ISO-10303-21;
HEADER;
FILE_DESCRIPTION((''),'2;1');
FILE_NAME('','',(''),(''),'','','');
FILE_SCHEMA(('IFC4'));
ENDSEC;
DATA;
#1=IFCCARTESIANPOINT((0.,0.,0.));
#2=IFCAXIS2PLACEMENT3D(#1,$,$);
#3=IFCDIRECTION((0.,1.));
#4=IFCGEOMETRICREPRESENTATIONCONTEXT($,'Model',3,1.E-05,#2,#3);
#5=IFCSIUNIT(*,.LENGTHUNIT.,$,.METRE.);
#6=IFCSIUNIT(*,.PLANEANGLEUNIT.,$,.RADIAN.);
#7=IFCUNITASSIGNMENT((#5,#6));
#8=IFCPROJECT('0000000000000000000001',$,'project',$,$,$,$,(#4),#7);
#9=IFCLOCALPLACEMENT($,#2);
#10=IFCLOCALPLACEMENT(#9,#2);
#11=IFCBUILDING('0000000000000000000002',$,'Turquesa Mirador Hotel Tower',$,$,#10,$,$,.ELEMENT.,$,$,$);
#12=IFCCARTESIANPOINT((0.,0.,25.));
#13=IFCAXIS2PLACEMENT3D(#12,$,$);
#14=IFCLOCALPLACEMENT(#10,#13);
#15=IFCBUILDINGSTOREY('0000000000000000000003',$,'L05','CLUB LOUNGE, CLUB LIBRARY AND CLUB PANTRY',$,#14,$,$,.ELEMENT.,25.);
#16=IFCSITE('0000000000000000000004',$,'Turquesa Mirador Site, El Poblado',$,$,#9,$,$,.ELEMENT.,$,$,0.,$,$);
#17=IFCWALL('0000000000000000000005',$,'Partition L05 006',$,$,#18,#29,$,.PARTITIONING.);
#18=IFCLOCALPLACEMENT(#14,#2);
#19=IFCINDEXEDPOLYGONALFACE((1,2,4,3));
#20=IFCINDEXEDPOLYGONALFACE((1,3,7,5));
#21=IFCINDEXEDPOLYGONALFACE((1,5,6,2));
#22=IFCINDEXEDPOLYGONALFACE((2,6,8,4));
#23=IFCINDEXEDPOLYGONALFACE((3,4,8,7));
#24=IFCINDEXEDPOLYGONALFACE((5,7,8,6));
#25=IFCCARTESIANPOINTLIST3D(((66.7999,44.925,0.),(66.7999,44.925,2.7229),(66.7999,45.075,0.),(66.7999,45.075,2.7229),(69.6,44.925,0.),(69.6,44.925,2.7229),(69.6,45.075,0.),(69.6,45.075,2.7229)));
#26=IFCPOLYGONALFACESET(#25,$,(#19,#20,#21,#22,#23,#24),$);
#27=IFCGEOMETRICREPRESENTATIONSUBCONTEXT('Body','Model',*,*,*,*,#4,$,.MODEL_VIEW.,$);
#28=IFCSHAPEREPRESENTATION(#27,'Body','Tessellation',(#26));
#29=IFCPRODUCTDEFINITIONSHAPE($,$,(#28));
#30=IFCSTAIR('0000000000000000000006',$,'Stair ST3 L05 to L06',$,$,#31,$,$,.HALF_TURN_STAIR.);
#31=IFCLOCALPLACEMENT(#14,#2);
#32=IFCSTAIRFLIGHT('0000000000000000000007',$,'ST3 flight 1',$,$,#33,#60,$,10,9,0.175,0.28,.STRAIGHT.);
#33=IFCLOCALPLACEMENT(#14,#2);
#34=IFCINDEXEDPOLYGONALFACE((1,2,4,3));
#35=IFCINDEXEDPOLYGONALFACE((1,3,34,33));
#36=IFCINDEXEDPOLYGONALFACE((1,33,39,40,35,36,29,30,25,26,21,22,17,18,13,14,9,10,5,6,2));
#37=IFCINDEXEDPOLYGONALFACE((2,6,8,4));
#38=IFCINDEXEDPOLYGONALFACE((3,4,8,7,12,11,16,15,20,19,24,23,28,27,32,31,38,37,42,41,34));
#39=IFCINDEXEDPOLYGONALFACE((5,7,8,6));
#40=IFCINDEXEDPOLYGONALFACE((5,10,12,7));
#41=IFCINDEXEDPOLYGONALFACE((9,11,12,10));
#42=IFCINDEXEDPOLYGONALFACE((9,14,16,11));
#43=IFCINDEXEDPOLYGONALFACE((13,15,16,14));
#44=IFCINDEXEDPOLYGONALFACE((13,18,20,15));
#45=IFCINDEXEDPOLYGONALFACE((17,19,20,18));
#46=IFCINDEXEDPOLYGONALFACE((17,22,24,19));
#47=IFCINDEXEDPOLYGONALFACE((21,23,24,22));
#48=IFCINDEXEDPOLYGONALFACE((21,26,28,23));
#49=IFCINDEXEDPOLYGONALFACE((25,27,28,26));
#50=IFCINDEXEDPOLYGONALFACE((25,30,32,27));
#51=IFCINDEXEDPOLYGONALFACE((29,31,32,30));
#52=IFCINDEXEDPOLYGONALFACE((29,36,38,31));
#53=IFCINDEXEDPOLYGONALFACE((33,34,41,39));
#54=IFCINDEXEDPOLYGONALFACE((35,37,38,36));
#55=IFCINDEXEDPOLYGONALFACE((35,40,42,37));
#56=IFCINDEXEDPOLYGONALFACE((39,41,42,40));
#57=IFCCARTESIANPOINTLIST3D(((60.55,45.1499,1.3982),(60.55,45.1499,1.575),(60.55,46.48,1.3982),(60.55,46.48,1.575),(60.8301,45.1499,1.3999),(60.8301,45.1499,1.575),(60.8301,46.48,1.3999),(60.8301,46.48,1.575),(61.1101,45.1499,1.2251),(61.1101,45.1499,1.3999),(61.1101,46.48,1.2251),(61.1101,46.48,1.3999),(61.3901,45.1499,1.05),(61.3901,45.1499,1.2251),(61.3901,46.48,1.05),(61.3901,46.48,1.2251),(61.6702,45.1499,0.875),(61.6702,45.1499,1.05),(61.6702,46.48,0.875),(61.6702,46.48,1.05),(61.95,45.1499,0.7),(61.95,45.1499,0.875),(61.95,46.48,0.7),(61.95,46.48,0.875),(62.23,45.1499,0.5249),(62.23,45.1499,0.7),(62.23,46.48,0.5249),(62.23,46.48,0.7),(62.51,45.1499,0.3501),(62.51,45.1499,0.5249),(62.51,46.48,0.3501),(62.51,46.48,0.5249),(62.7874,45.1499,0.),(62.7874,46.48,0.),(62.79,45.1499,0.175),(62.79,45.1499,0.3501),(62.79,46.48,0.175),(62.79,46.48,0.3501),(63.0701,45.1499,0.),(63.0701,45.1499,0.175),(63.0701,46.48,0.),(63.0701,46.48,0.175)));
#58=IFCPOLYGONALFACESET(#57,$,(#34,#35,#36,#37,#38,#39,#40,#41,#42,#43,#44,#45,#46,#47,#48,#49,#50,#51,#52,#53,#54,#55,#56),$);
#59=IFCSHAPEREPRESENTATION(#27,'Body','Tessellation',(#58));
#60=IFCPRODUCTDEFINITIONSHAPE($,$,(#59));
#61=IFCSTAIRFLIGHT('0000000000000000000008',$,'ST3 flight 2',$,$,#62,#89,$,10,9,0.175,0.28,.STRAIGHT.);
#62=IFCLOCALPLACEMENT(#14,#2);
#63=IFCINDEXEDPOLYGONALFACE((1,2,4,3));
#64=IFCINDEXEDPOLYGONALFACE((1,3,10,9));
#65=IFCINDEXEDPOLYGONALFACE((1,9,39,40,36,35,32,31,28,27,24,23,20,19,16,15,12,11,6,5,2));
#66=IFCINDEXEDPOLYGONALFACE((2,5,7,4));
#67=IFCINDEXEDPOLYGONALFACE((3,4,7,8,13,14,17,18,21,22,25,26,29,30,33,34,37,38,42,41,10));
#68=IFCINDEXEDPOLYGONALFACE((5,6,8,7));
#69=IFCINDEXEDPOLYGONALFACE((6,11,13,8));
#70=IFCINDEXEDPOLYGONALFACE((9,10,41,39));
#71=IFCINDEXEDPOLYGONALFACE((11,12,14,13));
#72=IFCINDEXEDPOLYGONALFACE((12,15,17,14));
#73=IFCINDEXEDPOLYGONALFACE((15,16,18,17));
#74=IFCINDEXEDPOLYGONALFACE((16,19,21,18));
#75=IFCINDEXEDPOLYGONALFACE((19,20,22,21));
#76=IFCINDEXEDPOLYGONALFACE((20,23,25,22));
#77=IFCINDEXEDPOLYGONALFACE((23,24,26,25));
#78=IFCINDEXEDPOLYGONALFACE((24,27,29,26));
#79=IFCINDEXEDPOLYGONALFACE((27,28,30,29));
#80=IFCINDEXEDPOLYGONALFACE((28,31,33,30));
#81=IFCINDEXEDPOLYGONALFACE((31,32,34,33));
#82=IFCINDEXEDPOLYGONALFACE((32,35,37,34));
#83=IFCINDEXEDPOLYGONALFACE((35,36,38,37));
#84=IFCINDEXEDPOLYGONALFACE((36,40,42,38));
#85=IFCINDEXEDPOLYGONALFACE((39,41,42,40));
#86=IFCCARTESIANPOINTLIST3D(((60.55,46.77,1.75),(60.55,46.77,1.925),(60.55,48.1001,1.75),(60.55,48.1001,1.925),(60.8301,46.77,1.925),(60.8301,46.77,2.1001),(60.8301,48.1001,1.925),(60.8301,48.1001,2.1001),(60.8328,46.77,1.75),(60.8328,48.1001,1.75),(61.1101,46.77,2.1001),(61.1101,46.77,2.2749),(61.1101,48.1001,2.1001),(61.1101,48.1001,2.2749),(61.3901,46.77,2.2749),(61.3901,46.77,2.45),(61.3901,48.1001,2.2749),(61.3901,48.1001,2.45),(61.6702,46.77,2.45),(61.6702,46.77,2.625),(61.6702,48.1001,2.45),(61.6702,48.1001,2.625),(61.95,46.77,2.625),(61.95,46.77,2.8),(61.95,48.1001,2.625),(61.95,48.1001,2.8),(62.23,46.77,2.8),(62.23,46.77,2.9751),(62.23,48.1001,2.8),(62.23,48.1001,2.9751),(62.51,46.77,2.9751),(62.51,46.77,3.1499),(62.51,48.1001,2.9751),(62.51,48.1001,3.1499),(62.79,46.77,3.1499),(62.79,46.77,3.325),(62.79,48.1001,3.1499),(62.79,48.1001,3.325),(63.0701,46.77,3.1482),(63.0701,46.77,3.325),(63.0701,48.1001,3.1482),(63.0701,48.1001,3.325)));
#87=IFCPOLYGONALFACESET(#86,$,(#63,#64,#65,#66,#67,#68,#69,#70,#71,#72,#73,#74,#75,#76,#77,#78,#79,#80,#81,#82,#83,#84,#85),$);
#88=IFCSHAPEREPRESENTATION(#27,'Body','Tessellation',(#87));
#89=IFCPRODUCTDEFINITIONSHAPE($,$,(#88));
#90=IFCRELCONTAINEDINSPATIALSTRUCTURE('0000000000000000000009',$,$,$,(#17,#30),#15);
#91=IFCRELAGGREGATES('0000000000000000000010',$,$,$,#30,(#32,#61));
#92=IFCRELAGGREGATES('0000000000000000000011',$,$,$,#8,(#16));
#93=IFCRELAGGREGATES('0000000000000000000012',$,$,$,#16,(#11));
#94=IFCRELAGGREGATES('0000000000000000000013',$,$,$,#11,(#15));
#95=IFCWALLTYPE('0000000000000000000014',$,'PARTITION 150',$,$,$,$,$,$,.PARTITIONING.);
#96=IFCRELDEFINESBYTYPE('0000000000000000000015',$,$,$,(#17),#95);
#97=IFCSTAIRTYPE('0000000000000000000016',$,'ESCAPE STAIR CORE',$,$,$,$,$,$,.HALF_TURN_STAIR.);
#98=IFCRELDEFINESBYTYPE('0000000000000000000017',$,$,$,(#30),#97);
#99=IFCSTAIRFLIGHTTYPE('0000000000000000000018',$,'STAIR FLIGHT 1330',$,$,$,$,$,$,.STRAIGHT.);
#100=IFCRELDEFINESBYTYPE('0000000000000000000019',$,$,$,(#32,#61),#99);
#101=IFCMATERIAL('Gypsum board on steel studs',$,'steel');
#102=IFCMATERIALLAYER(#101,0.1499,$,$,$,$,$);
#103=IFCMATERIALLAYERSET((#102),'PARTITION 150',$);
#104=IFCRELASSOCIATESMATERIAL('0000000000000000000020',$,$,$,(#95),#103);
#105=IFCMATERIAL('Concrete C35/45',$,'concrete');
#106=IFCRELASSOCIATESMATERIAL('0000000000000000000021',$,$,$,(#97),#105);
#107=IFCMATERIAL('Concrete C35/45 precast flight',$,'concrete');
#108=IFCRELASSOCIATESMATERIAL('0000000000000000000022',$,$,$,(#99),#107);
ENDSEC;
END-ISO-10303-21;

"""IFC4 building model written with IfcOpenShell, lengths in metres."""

from ifc_helpers import new_model, si_unit, direction, frame, frame_2d, origin, place, context, subcontext, project, spatial, polyline, rectangle, outline, extrude, material, layer, layer_set, type_object, element, aggregate, save


model = new_model("IFC4")

# Units and contexts
model_context = context("Model", 3, precision=1e-05, world=origin(), true_north=direction((0.0, 1.0)))
body_context = subcontext(model_context, "Body", "Model", "MODEL_VIEW")
ifc_project = project(units=[si_unit("LENGTHUNIT", "METRE"), si_unit("PLANEANGLEUNIT", "RADIAN")], contexts=[model_context])

# Site, building, storey
site_placement = place(None, origin())
site = spatial("IfcSite", under=ifc_project, at=site_placement, Name="Turquesa Mirador Site, El Poblado", CompositionType="ELEMENT", RefElevation=0.0)
building_placement = place(site_placement, origin())
building = spatial("IfcBuilding", under=site, at=building_placement, Name="Turquesa Mirador Hotel Tower", CompositionType="ELEMENT")
storey_placement = place(building_placement, frame((0.0, 0.0, 25.0)))
storey = spatial("IfcBuildingStorey", under=building, at=storey_placement, Name="L05", Description="CLUB LOUNGE, CLUB LIBRARY AND CLUB PANTRY", CompositionType="ELEMENT", Elevation=25.0)

# Wall
ifc_material_1 = material(Name="Gypsum board on steel studs", Category="steel")
ifc_layer_1 = layer(ifc_material_1, 0.1499)
ifc_layer_set_1 = layer_set([ifc_layer_1], Name="PARTITION 150")
wall_type_1 = type_object("IfcWallType", Name="PARTITION 150", PredefinedType="PARTITIONING", material=ifc_layer_set_1)
wall_1_placement = place(storey_placement, frame((66.8, 45.0, 0.0), z_axis=(0.0, 0.0, 1.0), x_axis=(1.0, 0.0, 0.0)))
element("IfcWall", 1, at=wall_1_placement, inside=storey, type_object=wall_type_1, Name="Partition L05 006", PredefinedType="PARTITIONING", context=body_context, shape_type="SweptSolid", body=[
    extrude(rectangle(XDim=2.8, YDim=0.1499, at=frame_2d((1.3999, 0.0))), origin(), (0.0, 0.0, 1.0), 2.7229),
])

# Stair, stair flights
ifc_material_2 = material(Name="Concrete C35/45", Category="concrete")
stair_type = type_object("IfcStairType", Name="ESCAPE STAIR CORE", PredefinedType="HALF_TURN_STAIR", material=ifc_material_2)
stair_placement = place(storey_placement, origin())
stair = element("IfcStair", 2, at=stair_placement, inside=storey, type_object=stair_type, Name="Stair ST3 L05 to L06", PredefinedType="HALF_TURN_STAIR")
ifc_material_3 = material(Name="Concrete C35/45 precast flight", Category="concrete")
stair_flight_type = type_object("IfcStairFlightType", Name="STAIR FLIGHT 1330", PredefinedType="STRAIGHT", material=ifc_material_3)
stair_flight_1_placement = place(storey_placement, frame((63.0701, 45.8149, 0.0), z_axis=(0.0, 0.0, 1.0), x_axis=(-1.0, 0.0, 0.0)))
stair_flight_1 = element("IfcStairFlight", 3, at=stair_flight_1_placement, type_object=stair_flight_type, Name="ST3 flight 1", NumberOfRisers=10, NumberOfTreads=9, PredefinedType="STRAIGHT", RiserHeight=0.175, TreadLength=0.28, context=body_context, shape_type="SweptSolid", body=[
    extrude(outline(polyline([(0.0, 0.0), (0.0, 0.175), (0.28, 0.175), (0.28, 0.3501), (0.5601, 0.3501), (0.5601, 0.5249), (0.8401, 0.5249), (0.8401, 0.7), (1.1201, 0.7), (1.1201, 0.875), (1.3999, 0.875), (1.3999, 1.05), (1.6799, 1.05), (1.6799, 1.2251), (1.96, 1.2251), (1.96, 1.3999), (2.24, 1.3999), (2.24, 1.575), (2.52, 1.575), (2.52, 1.75), (2.52, 1.3982), (0.2827, 0.0), (0.0, 0.0)])), frame((0.0, 0.665, 0.0), z_axis=(0.0, -1.0, 0.0), x_axis=(1.0, 0.0, 0.0)), (0.0, 0.0, 1.0), 1.3301),
])
stair_flight_2_placement = place(storey_placement, frame((60.55, 47.4351, 1.75), z_axis=(0.0, 0.0, 1.0), x_axis=(1.0, 0.0, 0.0)))
stair_flight_2 = element("IfcStairFlight", 4, at=stair_flight_2_placement, type_object=stair_flight_type, Name="ST3 flight 2", NumberOfRisers=10, NumberOfTreads=9, PredefinedType="STRAIGHT", RiserHeight=0.175, TreadLength=0.28, context=body_context, shape_type="SweptSolid", body=[
    extrude(outline(polyline([(0.0, 0.0), (0.0, 0.175), (0.28, 0.175), (0.28, 0.3501), (0.5601, 0.3501), (0.5601, 0.5249), (0.8401, 0.5249), (0.8401, 0.7), (1.1201, 0.7), (1.1201, 0.875), (1.3999, 0.875), (1.3999, 1.05), (1.6799, 1.05), (1.6799, 1.2251), (1.96, 1.2251), (1.96, 1.3999), (2.24, 1.3999), (2.24, 1.575), (2.52, 1.575), (2.52, 1.75), (2.52, 1.3982), (0.2827, 0.0), (0.0, 0.0)])), frame((0.0, 0.665, 0.0), z_axis=(0.0, -1.0, 0.0), x_axis=(1.0, 0.0, 0.0)), (0.0, 0.0, 1.0), 1.3301),
])
aggregate(stair, [stair_flight_1, stair_flight_2])

save(model, "model.ifc")
